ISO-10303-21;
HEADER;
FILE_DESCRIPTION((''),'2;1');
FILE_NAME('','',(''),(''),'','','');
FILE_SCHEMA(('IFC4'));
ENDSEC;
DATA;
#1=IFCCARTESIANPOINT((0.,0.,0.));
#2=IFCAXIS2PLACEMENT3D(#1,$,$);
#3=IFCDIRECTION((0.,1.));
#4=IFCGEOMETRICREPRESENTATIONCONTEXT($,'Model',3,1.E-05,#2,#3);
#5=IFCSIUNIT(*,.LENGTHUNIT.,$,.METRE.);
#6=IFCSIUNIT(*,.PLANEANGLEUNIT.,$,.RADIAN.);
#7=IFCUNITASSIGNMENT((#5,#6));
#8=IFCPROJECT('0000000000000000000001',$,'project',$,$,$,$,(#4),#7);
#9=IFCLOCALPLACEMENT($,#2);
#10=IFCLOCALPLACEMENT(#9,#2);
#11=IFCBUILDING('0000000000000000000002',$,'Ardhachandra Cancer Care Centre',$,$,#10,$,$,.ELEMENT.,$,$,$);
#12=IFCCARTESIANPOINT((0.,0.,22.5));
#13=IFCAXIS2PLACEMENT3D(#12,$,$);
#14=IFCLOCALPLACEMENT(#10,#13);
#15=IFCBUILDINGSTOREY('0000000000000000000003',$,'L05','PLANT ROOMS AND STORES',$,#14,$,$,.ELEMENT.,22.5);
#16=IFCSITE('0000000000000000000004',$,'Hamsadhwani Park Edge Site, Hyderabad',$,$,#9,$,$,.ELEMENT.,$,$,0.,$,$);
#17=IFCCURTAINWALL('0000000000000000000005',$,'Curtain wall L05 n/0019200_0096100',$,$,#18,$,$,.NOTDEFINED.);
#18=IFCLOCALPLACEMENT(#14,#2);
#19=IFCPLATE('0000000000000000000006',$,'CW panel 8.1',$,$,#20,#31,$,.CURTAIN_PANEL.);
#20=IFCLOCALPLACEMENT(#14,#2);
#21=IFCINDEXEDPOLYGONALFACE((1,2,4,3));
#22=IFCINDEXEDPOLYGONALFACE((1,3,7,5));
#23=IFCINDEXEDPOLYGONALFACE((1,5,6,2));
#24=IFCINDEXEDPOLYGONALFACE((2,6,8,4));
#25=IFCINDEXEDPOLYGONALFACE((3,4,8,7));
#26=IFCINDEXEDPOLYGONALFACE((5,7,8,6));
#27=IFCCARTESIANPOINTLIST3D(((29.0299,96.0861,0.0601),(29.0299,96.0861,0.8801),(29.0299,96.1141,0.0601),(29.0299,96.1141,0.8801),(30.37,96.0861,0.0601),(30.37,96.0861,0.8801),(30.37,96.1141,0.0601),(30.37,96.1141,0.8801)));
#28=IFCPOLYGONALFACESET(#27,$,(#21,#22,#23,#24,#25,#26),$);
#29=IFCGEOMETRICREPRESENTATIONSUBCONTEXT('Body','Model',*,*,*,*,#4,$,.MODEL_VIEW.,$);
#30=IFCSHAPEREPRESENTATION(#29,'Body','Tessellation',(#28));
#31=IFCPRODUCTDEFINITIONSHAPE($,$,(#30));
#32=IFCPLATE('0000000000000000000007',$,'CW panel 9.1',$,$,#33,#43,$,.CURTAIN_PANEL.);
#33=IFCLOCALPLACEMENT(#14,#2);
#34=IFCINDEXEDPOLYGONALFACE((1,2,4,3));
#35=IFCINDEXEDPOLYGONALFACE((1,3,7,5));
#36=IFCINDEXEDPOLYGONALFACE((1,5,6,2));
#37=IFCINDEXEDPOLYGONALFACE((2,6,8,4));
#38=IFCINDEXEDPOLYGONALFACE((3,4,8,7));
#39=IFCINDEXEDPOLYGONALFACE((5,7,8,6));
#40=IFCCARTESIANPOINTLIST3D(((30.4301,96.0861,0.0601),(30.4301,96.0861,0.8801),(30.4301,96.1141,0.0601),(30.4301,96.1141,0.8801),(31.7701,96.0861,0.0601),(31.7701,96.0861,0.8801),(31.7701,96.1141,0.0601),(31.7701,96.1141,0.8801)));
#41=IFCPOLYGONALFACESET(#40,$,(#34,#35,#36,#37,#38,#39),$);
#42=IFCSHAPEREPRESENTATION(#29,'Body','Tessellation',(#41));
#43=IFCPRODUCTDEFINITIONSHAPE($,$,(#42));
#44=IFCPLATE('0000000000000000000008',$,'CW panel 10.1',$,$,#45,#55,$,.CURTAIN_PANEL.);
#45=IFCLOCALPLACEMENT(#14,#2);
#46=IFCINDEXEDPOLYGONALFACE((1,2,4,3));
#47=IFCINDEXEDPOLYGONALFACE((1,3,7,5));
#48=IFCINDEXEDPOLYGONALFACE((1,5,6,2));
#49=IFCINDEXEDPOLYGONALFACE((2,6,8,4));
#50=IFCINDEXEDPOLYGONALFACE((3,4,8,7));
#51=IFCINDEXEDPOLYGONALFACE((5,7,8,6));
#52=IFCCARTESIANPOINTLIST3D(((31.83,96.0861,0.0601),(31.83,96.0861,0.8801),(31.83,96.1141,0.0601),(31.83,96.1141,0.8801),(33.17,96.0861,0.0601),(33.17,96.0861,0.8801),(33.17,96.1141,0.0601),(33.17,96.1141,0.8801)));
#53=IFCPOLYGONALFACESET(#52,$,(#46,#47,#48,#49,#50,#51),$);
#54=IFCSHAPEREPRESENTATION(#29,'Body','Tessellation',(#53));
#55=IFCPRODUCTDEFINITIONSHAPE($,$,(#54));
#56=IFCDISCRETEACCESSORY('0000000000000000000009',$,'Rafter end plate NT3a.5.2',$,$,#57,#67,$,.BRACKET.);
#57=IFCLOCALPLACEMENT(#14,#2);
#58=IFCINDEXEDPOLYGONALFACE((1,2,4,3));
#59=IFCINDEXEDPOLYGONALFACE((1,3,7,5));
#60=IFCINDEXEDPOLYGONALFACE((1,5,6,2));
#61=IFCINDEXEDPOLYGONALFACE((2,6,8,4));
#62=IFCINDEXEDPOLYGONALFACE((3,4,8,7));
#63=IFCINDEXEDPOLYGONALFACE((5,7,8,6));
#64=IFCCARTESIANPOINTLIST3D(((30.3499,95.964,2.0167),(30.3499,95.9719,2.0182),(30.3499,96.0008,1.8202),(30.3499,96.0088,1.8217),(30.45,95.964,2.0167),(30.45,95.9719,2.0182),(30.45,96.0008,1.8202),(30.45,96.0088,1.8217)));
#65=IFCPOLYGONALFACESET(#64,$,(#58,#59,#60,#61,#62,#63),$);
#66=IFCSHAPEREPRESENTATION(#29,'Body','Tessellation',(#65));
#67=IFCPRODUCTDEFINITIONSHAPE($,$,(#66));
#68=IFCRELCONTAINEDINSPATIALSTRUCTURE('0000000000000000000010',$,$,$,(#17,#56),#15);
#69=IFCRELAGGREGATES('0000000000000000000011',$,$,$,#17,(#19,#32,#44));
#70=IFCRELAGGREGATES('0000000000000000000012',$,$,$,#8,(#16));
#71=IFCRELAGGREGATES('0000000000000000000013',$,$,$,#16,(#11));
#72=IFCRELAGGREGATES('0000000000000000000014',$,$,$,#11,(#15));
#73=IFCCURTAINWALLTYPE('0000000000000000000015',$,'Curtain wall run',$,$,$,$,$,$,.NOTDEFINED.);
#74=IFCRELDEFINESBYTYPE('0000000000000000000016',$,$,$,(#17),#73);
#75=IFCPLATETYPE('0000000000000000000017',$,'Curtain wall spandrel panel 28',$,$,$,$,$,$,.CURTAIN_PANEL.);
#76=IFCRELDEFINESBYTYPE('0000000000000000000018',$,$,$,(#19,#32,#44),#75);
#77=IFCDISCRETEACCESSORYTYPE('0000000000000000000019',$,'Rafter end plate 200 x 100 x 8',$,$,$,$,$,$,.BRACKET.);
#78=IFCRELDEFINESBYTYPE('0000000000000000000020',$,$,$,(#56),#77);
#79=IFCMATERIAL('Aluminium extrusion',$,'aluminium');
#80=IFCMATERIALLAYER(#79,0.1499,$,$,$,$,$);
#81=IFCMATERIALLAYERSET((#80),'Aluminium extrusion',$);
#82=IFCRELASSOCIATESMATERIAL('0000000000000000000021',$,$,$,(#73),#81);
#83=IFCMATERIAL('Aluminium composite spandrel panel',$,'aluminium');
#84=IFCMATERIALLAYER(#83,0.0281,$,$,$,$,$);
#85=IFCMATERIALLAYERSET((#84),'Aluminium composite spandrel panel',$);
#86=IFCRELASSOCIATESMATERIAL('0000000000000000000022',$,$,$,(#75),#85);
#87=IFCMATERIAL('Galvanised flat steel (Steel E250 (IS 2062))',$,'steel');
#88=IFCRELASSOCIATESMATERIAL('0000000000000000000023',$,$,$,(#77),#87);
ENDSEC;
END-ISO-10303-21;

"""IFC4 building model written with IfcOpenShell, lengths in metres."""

from ifc_helpers import new_model, si_unit, direction, frame, origin, origin_2d, place, context, subcontext, project, spatial, rectangle, extrude, material, layer, layer_set, material_profile, profile_set, type_object, element, aggregate, save


model = new_model("IFC4")

# Units and contexts
model_context = context("Model", 3, precision=1e-05, world=origin(), true_north=direction((0.0, 1.0)))
body_context = subcontext(model_context, "Body", "Model", "MODEL_VIEW")
ifc_project = project(units=[si_unit("LENGTHUNIT", "METRE"), si_unit("PLANEANGLEUNIT", "RADIAN")], contexts=[model_context])

# Site, building, storey
site_placement = place(None, origin())
site = spatial("IfcSite", under=ifc_project, at=site_placement, Name="Hamsadhwani Park Edge Site, Hyderabad", CompositionType="ELEMENT", RefElevation=0.0)
building_placement = place(site_placement, origin())
building = spatial("IfcBuilding", under=site, at=building_placement, Name="Ardhachandra Cancer Care Centre", CompositionType="ELEMENT")
storey_placement = place(building_placement, frame((0.0, 0.0, 22.5)))
storey = spatial("IfcBuildingStorey", under=building, at=storey_placement, Name="L05", Description="PLANT ROOMS AND STORES", CompositionType="ELEMENT", Elevation=22.5)

# Curtain wall
ifc_material_1 = material(Name="Aluminium extrusion", Category="aluminium")
ifc_layer_1 = layer(ifc_material_1, 0.1499)
ifc_layer_set_1 = layer_set([ifc_layer_1], Name="Aluminium extrusion")
curtain_wall_type = type_object("IfcCurtainWallType", Name="Curtain wall run", PredefinedType="NOTDEFINED", material=ifc_layer_set_1)
curtain_wall_placement = place(storey_placement, origin())
curtain_wall = element("IfcCurtainWall", 1, at=curtain_wall_placement, inside=storey, type_object=curtain_wall_type, Name="Curtain wall L05 n/0019200_0096100", PredefinedType="NOTDEFINED")

# Plates
ifc_material_2 = material(Name="Aluminium composite spandrel panel", Category="aluminium")
ifc_layer_2 = layer(ifc_material_2, 0.0281)
ifc_layer_set_2 = layer_set([ifc_layer_2], Name="Aluminium composite spandrel panel")
plate_type_1 = type_object("IfcPlateType", Name="Curtain wall spandrel panel 28", PredefinedType="CURTAIN_PANEL", material=ifc_layer_set_2)
plate_1_placement = place(storey_placement, frame((29.7, 96.1001, 0.0601), z_axis=(0.0, 0.0, 1.0), x_axis=(1.0, 0.0, 0.0)))
plate_1 = element("IfcPlate", 2, at=plate_1_placement, type_object=plate_type_1, Name="CW panel 8.1", PredefinedType="CURTAIN_PANEL", context=body_context, shape_type="SweptSolid", body=[
    extrude(rectangle(XDim=1.3401, YDim=0.0281, at=origin_2d()), origin(), (0.0, 0.0, 1.0), 0.8201),
])
plate_2_placement = place(storey_placement, frame((31.1001, 96.1001, 0.0601), z_axis=(0.0, 0.0, 1.0), x_axis=(1.0, 0.0, 0.0)))
plate_2 = element("IfcPlate", 3, at=plate_2_placement, type_object=plate_type_1, Name="CW panel 9.1", PredefinedType="CURTAIN_PANEL", context=body_context, shape_type="SweptSolid", body=[
    extrude(rectangle(XDim=1.3401, YDim=0.0281, at=origin_2d()), origin(), (0.0, 0.0, 1.0), 0.8201),
])
plate_3_placement = place(storey_placement, frame((32.5, 96.1001, 0.0601), z_axis=(0.0, 0.0, 1.0), x_axis=(1.0, 0.0, 0.0)))
plate_3 = element("IfcPlate", 4, at=plate_3_placement, type_object=plate_type_1, Name="CW panel 10.1", PredefinedType="CURTAIN_PANEL", context=body_context, shape_type="SweptSolid", body=[
    extrude(rectangle(XDim=1.3401, YDim=0.0281, at=origin_2d()), origin(), (0.0, 0.0, 1.0), 0.8201),
])
aggregate(curtain_wall, [plate_1, plate_2, plate_3])

# Discrete accessory
ifc_material_3 = material(Name="Galvanised flat steel (Steel E250 (IS 2062))", Category="steel")
ifc_material_profile_1 = material_profile(ifc_material_3, rectangle(XDim=0.1001, YDim=0.2, at=origin_2d()), Name="Rafter end plate 200 x 100 x 8")
ifc_profile_set_1 = profile_set([ifc_material_profile_1], Name="Galvanised flat steel (Steel E250 (IS 2062))")
discrete_accessory_type = type_object("IfcDiscreteAccessoryType", Name="Rafter end plate 200 x 100 x 8", PredefinedType="BRACKET", material=ifc_profile_set_1)
discrete_accessory_placement = place(storey_placement, frame((30.3999, 95.9824, 1.9185), z_axis=(0.0, 0.982872, 0.184289), x_axis=(-1.0, 0.0, 0.0)))
element("IfcDiscreteAccessory", 5, at=discrete_accessory_placement, inside=storey, type_object=discrete_accessory_type, Name="Rafter end plate NT3a.5.2", PredefinedType="BRACKET", context=body_context, shape_type="SweptSolid", body=[
    extrude(rectangle(XDim=0.1001, YDim=0.2, at=origin_2d()), origin(), (0.0, 0.0, 1.0), 0.0081),
])

save(model, "model.ifc")
